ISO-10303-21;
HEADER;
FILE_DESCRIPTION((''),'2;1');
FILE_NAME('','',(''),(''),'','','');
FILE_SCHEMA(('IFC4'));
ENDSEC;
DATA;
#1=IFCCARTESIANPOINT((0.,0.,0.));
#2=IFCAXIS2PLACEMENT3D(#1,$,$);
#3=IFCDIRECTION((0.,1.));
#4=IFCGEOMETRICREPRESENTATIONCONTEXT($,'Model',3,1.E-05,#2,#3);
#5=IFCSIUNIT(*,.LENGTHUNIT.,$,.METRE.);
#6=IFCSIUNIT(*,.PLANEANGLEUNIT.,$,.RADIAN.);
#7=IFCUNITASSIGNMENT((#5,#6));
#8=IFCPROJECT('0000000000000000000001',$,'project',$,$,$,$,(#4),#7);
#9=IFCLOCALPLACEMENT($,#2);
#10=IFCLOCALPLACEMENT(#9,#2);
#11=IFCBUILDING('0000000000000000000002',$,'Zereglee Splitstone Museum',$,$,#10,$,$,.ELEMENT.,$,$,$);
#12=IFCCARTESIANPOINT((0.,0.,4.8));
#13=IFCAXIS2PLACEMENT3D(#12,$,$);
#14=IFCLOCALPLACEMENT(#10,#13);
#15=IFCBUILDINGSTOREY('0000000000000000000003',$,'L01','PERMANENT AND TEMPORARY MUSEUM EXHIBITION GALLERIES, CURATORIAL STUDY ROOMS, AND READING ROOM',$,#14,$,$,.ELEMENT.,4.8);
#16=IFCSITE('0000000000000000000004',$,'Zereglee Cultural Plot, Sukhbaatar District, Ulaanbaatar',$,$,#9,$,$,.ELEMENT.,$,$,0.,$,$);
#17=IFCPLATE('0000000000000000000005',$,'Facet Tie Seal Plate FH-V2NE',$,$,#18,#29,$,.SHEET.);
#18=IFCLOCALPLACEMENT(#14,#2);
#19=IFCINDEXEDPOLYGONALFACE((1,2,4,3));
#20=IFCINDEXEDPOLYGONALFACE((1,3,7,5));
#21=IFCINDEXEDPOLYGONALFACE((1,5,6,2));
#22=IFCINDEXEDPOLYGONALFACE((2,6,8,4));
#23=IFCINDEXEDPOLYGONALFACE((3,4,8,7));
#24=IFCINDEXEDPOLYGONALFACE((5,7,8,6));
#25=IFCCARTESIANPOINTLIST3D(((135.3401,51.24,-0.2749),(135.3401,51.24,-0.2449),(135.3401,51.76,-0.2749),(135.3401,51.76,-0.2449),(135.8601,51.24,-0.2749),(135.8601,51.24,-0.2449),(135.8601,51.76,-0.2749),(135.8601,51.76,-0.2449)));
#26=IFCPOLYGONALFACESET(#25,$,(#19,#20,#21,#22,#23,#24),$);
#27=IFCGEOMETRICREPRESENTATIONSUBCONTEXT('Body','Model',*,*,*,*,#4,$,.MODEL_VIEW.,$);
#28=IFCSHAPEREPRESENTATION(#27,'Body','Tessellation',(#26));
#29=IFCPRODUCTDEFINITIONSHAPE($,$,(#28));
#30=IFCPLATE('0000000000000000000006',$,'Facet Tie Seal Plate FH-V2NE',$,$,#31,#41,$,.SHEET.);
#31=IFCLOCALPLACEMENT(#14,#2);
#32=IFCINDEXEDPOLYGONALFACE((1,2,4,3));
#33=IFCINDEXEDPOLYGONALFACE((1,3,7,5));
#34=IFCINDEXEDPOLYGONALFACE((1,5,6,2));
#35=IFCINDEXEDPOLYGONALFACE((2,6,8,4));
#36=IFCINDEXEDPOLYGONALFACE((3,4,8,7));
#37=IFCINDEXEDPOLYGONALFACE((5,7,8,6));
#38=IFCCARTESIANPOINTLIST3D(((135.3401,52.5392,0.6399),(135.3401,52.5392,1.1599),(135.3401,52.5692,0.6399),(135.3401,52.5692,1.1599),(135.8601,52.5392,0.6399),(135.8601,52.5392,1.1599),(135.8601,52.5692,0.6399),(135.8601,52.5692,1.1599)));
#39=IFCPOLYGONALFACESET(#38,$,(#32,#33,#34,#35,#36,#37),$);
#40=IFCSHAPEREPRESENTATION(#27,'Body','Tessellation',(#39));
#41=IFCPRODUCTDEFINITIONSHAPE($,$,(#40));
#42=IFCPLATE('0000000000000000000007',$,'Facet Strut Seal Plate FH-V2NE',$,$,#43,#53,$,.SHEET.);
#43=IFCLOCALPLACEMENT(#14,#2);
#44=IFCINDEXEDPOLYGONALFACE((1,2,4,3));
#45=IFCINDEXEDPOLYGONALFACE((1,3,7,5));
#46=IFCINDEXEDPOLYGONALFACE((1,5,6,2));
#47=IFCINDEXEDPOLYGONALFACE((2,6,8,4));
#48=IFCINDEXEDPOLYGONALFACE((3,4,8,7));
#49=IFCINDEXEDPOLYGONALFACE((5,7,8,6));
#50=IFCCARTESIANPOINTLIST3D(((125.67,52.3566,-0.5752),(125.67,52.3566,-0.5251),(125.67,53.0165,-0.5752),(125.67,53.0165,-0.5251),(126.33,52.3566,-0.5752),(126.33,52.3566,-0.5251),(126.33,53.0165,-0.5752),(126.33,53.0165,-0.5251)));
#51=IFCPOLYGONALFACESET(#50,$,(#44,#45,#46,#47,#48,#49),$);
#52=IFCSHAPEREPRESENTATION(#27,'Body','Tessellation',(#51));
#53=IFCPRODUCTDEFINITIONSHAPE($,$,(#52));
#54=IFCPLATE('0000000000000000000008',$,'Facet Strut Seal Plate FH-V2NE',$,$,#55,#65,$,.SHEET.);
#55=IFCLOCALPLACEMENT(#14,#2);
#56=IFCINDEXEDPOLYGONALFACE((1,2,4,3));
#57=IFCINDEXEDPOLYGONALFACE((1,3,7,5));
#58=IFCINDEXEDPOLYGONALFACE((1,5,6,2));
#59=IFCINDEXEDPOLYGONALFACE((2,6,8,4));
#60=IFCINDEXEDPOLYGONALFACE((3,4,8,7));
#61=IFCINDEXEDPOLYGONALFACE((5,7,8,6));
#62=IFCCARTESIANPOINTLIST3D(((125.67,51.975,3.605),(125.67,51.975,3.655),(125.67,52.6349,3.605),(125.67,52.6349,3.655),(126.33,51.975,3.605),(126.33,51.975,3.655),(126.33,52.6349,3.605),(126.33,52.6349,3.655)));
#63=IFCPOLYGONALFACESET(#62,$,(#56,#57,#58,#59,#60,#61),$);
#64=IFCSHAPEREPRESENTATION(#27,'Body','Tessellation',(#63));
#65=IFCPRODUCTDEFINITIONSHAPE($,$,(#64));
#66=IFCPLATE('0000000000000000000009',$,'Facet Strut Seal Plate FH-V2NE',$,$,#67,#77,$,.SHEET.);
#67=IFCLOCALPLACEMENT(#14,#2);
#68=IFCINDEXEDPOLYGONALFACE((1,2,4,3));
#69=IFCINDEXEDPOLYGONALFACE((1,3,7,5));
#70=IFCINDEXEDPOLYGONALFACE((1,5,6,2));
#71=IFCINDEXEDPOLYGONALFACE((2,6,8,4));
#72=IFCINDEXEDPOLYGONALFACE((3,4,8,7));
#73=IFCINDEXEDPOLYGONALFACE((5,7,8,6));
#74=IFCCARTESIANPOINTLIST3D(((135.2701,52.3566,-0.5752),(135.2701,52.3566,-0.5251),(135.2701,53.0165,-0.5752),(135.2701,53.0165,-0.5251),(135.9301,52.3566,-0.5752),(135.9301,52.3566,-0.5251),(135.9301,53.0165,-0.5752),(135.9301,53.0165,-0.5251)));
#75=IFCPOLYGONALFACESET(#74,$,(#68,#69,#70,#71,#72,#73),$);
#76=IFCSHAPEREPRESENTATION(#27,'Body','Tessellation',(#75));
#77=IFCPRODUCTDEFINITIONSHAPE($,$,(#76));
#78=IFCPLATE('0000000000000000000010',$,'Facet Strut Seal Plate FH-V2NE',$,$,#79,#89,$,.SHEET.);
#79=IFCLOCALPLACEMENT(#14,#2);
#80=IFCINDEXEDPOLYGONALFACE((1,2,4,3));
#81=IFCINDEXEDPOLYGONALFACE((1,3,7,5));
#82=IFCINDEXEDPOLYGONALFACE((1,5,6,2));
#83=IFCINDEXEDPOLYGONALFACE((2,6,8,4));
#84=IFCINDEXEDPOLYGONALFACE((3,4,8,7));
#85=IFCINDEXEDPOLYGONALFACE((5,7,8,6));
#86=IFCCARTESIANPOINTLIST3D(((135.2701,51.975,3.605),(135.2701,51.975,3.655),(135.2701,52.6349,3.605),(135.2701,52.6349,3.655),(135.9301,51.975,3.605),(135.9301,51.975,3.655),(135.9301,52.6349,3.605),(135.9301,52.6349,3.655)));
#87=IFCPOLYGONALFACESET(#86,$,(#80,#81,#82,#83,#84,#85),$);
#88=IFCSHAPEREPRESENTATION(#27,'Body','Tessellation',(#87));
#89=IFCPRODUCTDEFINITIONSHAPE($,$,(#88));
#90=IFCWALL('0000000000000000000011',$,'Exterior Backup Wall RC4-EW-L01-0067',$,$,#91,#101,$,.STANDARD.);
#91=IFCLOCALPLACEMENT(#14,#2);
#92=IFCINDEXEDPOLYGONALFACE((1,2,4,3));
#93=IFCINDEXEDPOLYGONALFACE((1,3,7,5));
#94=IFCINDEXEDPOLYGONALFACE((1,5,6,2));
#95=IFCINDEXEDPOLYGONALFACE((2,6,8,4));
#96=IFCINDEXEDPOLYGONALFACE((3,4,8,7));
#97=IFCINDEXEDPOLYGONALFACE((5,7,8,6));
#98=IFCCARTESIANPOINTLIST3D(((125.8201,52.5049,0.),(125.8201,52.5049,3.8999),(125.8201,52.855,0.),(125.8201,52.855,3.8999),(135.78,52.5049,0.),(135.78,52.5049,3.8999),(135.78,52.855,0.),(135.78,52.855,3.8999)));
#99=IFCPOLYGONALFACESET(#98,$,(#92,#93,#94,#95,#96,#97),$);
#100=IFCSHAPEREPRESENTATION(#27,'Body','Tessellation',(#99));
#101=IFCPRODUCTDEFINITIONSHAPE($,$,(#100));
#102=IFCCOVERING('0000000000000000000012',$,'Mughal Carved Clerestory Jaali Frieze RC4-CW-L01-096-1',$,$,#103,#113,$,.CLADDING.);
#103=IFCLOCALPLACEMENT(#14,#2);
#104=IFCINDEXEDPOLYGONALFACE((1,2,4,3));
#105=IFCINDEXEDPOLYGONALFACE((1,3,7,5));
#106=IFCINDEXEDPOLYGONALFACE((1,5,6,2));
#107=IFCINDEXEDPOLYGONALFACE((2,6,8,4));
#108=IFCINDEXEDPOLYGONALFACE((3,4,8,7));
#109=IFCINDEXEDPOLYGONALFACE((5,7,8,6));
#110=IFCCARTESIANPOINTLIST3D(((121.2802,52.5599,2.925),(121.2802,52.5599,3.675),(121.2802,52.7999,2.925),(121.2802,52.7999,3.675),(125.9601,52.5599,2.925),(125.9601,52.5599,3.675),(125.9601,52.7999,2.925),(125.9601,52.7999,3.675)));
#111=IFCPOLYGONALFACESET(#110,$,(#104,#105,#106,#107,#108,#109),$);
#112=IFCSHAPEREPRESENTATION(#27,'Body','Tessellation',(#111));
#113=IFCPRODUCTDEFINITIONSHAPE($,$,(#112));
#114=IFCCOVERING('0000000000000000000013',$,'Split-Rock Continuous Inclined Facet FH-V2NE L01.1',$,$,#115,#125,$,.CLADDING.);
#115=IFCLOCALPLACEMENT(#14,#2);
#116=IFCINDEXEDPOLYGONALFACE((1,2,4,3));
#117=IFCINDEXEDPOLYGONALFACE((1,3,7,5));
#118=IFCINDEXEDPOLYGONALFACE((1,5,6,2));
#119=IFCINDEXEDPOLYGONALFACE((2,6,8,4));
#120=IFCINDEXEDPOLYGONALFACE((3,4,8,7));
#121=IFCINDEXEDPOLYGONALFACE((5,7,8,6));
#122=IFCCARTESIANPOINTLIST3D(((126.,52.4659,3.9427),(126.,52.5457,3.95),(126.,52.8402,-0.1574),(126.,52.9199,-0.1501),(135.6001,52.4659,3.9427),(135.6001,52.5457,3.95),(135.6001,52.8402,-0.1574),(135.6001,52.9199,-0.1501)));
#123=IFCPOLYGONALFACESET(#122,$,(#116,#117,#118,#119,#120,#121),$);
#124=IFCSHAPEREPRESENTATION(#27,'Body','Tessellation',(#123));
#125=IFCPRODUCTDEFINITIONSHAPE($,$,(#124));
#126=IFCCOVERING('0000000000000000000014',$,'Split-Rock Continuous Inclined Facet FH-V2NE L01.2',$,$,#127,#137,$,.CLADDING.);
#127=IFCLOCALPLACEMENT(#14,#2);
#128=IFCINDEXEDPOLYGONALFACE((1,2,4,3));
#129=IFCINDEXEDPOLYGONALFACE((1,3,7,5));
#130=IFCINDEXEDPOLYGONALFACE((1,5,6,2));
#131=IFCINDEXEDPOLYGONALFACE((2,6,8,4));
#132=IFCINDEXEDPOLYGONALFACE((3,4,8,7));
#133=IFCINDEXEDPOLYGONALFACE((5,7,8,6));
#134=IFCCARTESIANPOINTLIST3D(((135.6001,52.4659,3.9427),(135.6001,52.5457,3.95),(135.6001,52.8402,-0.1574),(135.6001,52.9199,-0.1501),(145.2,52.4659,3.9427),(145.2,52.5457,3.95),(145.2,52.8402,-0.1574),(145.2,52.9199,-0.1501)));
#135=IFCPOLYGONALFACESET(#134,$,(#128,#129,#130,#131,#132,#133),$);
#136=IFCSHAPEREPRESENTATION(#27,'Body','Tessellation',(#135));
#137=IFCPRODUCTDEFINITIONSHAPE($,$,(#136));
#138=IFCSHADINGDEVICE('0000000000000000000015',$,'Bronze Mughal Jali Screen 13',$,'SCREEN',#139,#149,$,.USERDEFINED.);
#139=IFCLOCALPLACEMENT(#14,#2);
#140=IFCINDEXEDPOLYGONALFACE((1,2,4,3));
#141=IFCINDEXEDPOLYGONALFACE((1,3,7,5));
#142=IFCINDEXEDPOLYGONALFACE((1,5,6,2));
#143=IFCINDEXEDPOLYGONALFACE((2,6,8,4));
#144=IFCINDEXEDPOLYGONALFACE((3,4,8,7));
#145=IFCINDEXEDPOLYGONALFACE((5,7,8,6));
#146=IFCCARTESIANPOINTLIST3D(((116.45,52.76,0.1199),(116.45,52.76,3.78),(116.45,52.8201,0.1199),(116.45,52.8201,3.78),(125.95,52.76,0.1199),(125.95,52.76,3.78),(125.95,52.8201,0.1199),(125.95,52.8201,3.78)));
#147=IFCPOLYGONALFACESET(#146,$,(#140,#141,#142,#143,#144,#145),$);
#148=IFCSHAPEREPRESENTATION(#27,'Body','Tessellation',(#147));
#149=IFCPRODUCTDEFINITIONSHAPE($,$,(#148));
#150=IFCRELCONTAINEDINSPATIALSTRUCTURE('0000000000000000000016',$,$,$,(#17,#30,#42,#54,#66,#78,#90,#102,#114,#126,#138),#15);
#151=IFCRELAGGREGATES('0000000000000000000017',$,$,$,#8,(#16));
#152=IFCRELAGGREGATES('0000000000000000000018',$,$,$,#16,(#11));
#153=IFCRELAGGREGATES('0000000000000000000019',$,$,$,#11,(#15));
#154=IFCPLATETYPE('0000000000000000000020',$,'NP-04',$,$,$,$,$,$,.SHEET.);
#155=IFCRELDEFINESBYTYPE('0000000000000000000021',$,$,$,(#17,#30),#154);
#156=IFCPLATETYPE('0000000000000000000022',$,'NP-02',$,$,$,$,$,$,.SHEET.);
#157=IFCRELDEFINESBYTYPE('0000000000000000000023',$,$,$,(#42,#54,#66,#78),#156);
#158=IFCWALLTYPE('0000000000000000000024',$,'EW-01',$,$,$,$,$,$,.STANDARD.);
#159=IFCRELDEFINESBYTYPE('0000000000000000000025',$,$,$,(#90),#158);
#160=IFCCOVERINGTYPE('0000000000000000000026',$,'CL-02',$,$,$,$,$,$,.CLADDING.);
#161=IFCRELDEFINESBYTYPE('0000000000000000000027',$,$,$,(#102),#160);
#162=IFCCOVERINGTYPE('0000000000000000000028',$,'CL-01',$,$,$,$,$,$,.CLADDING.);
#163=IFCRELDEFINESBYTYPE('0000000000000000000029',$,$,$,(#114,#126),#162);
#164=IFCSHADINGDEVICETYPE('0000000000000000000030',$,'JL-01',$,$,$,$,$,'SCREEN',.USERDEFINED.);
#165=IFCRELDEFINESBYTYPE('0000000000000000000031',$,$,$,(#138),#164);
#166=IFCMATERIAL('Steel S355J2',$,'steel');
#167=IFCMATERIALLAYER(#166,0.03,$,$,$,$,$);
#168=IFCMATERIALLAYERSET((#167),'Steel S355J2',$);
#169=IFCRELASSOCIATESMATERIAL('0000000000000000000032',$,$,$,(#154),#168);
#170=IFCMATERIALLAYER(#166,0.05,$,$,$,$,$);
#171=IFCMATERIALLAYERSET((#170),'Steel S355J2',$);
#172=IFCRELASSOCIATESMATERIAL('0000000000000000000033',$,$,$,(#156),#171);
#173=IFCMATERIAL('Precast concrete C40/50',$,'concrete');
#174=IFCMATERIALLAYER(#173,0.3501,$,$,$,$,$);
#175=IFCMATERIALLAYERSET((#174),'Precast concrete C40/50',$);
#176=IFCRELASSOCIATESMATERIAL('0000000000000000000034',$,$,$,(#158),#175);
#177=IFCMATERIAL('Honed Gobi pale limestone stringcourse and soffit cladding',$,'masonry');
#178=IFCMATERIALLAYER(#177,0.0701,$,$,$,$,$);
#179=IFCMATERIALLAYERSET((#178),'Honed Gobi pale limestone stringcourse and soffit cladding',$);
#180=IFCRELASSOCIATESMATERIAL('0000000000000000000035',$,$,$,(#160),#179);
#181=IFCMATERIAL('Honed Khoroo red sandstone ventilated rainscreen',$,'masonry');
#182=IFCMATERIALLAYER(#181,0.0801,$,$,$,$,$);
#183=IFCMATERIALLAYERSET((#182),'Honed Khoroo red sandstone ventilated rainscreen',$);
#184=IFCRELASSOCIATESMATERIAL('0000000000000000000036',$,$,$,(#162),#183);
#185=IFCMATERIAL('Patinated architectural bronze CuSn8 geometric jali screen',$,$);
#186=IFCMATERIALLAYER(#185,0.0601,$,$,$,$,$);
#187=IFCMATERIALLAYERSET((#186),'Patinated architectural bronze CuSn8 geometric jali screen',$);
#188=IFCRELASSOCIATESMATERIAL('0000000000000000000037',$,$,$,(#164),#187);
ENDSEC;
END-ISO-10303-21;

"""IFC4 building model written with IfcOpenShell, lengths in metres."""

from ifc_helpers import new_model, si_unit, direction, frame, frame_2d, origin, origin_2d, place, context, subcontext, project, spatial, polyline, rectangle, outline, extrude, material, layer, layer_set, type_object, element, save


model = new_model("IFC4")

# Units and contexts
model_context = context("Model", 3, precision=1e-05, world=origin(), true_north=direction((0.0, 1.0)))
body_context = subcontext(model_context, "Body", "Model", "MODEL_VIEW")
ifc_project = project(units=[si_unit("LENGTHUNIT", "METRE"), si_unit("PLANEANGLEUNIT", "RADIAN")], contexts=[model_context])

# Site, building, storey
site_placement = place(None, origin())
site = spatial("IfcSite", under=ifc_project, at=site_placement, Name="Zereglee Cultural Plot, Sukhbaatar District, Ulaanbaatar", CompositionType="ELEMENT", RefElevation=0.0)
building_placement = place(site_placement, origin())
building = spatial("IfcBuilding", under=site, at=building_placement, Name="Zereglee Splitstone Museum", CompositionType="ELEMENT")
storey_placement = place(building_placement, frame((0.0, 0.0, 4.8)))
storey = spatial("IfcBuildingStorey", under=building, at=storey_placement, Name="L01", Description="PERMANENT AND TEMPORARY MUSEUM EXHIBITION GALLERIES, CURATORIAL STUDY ROOMS, AND READING ROOM", CompositionType="ELEMENT", Elevation=4.8)

# Shared definitions
ifc_material_1 = material(Name="Steel S355J2", Category="steel")

# Plates
ifc_layer_1 = layer(ifc_material_1, 0.03)
ifc_layer_set_1 = layer_set([ifc_layer_1], Name="Steel S355J2")
plate_type_1 = type_object("IfcPlateType", Name="NP-04", PredefinedType="SHEET", material=ifc_layer_set_1)
plate_1_placement = place(storey_placement, frame((135.6001, 51.5, -0.2749), z_axis=(0.0, 0.0, 1.0), x_axis=(1.0, 0.0, 0.0)))
element("IfcPlate", 1, at=plate_1_placement, inside=storey, type_object=plate_type_1, Name="Facet Tie Seal Plate FH-V2NE", PredefinedType="SHEET", context=body_context, shape_type="SweptSolid", body=[
    extrude(rectangle(XDim=0.52, YDim=0.52, at=origin_2d()), origin(), (0.0, 0.0, 1.0), 0.03),
])
plate_2_placement = place(storey_placement, frame((135.6001, 52.5542, 0.6399), z_axis=(0.0, 0.0, 1.0), x_axis=(1.0, 0.0, 0.0)))
element("IfcPlate", 2, at=plate_2_placement, inside=storey, type_object=plate_type_1, Name="Facet Tie Seal Plate FH-V2NE", PredefinedType="SHEET", context=body_context, shape_type="SweptSolid", body=[
    extrude(rectangle(XDim=0.52, YDim=0.03, at=origin_2d()), origin(), (0.0, 0.0, 1.0), 0.52),
])
ifc_layer_2 = layer(ifc_material_1, 0.05)
ifc_layer_set_2 = layer_set([ifc_layer_2], Name="Steel S355J2")
plate_type_2 = type_object("IfcPlateType", Name="NP-02", PredefinedType="SHEET", material=ifc_layer_set_2)
for number, where, z_axis, x_axis, name in (
    (3, (126.0, 52.6865, -0.5752), (0.0, 0.0, 1.0), (1.0, 0.0, 0.0), "Facet Strut Seal Plate FH-V2NE"),
    (4, (126.0, 52.3049, 3.605), (0.0, 0.0, 1.0), (1.0, 0.0, 0.0), "Facet Strut Seal Plate FH-V2NE"),
    (5, (135.6001, 52.6865, -0.5752), (0.0, 0.0, 1.0), (1.0, 0.0, 0.0), "Facet Strut Seal Plate FH-V2NE"),
    (6, (135.6001, 52.3049, 3.605), (0.0, 0.0, 1.0), (1.0, 0.0, 0.0), "Facet Strut Seal Plate FH-V2NE"),
):
    element("IfcPlate", number, at=place(storey_placement, frame(where, z_axis=z_axis, x_axis=x_axis)), inside=storey, type_object=plate_type_2, Name=name, PredefinedType="SHEET", context=body_context, shape_type="SweptSolid", body=[
        extrude(rectangle(XDim=0.6599, YDim=0.6599, at=origin_2d()), origin(), (0.0, 0.0, 1.0), 0.05),
    ])

# Wall
ifc_material_2 = material(Name="Precast concrete C40/50", Category="concrete")
ifc_layer_3 = layer(ifc_material_2, 0.3501)
ifc_layer_set_3 = layer_set([ifc_layer_3], Name="Precast concrete C40/50")
wall_type = type_object("IfcWallType", Name="EW-01", PredefinedType="STANDARD", material=ifc_layer_set_3)
wall_placement = place(storey_placement, frame((135.78, 52.6799, 0.0), z_axis=(0.0, 0.0, 1.0), x_axis=(-1.0, 0.0, 0.0)))
element("IfcWall", 7, at=wall_placement, inside=storey, type_object=wall_type, Name="Exterior Backup Wall RC4-EW-L01-0067", PredefinedType="STANDARD", context=body_context, shape_type="SweptSolid", body=[
    extrude(rectangle(XDim=9.96, YDim=0.3501, at=frame_2d((4.98, 0.0))), origin(), (0.0, 0.0, 1.0), 3.8999),
])

# Coverings
ifc_material_3 = material(Name="Honed Gobi pale limestone stringcourse and soffit cladding", Category="masonry")
ifc_layer_4 = layer(ifc_material_3, 0.0701)
ifc_layer_set_4 = layer_set([ifc_layer_4], Name="Honed Gobi pale limestone stringcourse and soffit cladding")
covering_type_1 = type_object("IfcCoveringType", Name="CL-02", PredefinedType="CLADDING", material=ifc_layer_set_4)
covering_1_placement = place(storey_placement, frame((123.6201, 52.6799, 2.925), z_axis=(0.0, 0.0, 1.0), x_axis=(-1.0, 0.0, 0.0)))
element("IfcCovering", 8, at=covering_1_placement, inside=storey, type_object=covering_type_1, Name="Mughal Carved Clerestory Jaali Frieze RC4-CW-L01-096-1", PredefinedType="CLADDING", context=body_context, shape_type="SweptSolid", body=[
    extrude(rectangle(XDim=4.6799, YDim=0.24, at=origin_2d()), origin(), (0.0, 0.0, 1.0), 0.75),
])
ifc_material_4 = material(Name="Honed Khoroo red sandstone ventilated rainscreen", Category="masonry")
ifc_layer_5 = layer(ifc_material_4, 0.0801)
ifc_layer_set_5 = layer_set([ifc_layer_5], Name="Honed Khoroo red sandstone ventilated rainscreen")
covering_type_2 = type_object("IfcCoveringType", Name="CL-01", PredefinedType="CLADDING", material=ifc_layer_set_5)
covering_2_placement = place(storey_placement, frame((126.0, 52.5457, 3.95), z_axis=(0.0, 0.99586, 0.090905), x_axis=(1.0, 0.0, 0.0)))
element("IfcCovering", 9, at=covering_2_placement, inside=storey, type_object=covering_type_2, Name="Split-Rock Continuous Inclined Facet FH-V2NE L01.1", PredefinedType="CLADDING", context=body_context, shape_type="SweptSolid", body=[
    extrude(outline(polyline([(0.0, 0.0), (9.6001, 0.0), (9.6001, 4.1171), (0.0, 4.1171), (0.0, 0.0)])), origin(), (0.0, 0.0, -1.0), 0.0801),
])
covering_3_placement = place(storey_placement, frame((135.6001, 52.5457, 3.95), z_axis=(0.0, 0.99586, 0.090905), x_axis=(1.0, 0.0, 0.0)))
element("IfcCovering", 10, at=covering_3_placement, inside=storey, type_object=covering_type_2, Name="Split-Rock Continuous Inclined Facet FH-V2NE L01.2", PredefinedType="CLADDING", context=body_context, shape_type="SweptSolid", body=[
    extrude(outline(polyline([(0.0, 0.0), (9.5999, 0.0), (9.5999, 4.1171), (0.0, 4.1171), (0.0, 0.0)])), origin(), (0.0, 0.0, -1.0), 0.0801),
])

# Shading device
ifc_material_5 = material(Name="Patinated architectural bronze CuSn8 geometric jali screen")
ifc_layer_6 = layer(ifc_material_5, 0.0601)
ifc_layer_set_6 = layer_set([ifc_layer_6], Name="Patinated architectural bronze CuSn8 geometric jali screen")
shading_device_type = type_object("IfcShadingDeviceType", Name="JL-01", ElementType="SCREEN", PredefinedType="USERDEFINED", material=ifc_layer_set_6)
shading_device_placement = place(storey_placement, frame((125.95, 52.76, 0.1199), z_axis=(0.0, 1.0, 0.0), x_axis=(-1.0, 0.0, 0.0)))
element("IfcShadingDevice", 11, at=shading_device_placement, inside=storey, type_object=shading_device_type, Name="Bronze Mughal Jali Screen 13", ObjectType="SCREEN", PredefinedType="USERDEFINED", context=body_context, shape_type="SweptSolid", body=[
    extrude(outline(polyline([(0.0, 0.0), (9.5, 0.0), (9.5, 3.6602), (0.0, 3.6602), (0.0, 0.0)])), origin(), (0.0, 0.0, 1.0), 0.0601),
])

save(model, "model.ifc")
